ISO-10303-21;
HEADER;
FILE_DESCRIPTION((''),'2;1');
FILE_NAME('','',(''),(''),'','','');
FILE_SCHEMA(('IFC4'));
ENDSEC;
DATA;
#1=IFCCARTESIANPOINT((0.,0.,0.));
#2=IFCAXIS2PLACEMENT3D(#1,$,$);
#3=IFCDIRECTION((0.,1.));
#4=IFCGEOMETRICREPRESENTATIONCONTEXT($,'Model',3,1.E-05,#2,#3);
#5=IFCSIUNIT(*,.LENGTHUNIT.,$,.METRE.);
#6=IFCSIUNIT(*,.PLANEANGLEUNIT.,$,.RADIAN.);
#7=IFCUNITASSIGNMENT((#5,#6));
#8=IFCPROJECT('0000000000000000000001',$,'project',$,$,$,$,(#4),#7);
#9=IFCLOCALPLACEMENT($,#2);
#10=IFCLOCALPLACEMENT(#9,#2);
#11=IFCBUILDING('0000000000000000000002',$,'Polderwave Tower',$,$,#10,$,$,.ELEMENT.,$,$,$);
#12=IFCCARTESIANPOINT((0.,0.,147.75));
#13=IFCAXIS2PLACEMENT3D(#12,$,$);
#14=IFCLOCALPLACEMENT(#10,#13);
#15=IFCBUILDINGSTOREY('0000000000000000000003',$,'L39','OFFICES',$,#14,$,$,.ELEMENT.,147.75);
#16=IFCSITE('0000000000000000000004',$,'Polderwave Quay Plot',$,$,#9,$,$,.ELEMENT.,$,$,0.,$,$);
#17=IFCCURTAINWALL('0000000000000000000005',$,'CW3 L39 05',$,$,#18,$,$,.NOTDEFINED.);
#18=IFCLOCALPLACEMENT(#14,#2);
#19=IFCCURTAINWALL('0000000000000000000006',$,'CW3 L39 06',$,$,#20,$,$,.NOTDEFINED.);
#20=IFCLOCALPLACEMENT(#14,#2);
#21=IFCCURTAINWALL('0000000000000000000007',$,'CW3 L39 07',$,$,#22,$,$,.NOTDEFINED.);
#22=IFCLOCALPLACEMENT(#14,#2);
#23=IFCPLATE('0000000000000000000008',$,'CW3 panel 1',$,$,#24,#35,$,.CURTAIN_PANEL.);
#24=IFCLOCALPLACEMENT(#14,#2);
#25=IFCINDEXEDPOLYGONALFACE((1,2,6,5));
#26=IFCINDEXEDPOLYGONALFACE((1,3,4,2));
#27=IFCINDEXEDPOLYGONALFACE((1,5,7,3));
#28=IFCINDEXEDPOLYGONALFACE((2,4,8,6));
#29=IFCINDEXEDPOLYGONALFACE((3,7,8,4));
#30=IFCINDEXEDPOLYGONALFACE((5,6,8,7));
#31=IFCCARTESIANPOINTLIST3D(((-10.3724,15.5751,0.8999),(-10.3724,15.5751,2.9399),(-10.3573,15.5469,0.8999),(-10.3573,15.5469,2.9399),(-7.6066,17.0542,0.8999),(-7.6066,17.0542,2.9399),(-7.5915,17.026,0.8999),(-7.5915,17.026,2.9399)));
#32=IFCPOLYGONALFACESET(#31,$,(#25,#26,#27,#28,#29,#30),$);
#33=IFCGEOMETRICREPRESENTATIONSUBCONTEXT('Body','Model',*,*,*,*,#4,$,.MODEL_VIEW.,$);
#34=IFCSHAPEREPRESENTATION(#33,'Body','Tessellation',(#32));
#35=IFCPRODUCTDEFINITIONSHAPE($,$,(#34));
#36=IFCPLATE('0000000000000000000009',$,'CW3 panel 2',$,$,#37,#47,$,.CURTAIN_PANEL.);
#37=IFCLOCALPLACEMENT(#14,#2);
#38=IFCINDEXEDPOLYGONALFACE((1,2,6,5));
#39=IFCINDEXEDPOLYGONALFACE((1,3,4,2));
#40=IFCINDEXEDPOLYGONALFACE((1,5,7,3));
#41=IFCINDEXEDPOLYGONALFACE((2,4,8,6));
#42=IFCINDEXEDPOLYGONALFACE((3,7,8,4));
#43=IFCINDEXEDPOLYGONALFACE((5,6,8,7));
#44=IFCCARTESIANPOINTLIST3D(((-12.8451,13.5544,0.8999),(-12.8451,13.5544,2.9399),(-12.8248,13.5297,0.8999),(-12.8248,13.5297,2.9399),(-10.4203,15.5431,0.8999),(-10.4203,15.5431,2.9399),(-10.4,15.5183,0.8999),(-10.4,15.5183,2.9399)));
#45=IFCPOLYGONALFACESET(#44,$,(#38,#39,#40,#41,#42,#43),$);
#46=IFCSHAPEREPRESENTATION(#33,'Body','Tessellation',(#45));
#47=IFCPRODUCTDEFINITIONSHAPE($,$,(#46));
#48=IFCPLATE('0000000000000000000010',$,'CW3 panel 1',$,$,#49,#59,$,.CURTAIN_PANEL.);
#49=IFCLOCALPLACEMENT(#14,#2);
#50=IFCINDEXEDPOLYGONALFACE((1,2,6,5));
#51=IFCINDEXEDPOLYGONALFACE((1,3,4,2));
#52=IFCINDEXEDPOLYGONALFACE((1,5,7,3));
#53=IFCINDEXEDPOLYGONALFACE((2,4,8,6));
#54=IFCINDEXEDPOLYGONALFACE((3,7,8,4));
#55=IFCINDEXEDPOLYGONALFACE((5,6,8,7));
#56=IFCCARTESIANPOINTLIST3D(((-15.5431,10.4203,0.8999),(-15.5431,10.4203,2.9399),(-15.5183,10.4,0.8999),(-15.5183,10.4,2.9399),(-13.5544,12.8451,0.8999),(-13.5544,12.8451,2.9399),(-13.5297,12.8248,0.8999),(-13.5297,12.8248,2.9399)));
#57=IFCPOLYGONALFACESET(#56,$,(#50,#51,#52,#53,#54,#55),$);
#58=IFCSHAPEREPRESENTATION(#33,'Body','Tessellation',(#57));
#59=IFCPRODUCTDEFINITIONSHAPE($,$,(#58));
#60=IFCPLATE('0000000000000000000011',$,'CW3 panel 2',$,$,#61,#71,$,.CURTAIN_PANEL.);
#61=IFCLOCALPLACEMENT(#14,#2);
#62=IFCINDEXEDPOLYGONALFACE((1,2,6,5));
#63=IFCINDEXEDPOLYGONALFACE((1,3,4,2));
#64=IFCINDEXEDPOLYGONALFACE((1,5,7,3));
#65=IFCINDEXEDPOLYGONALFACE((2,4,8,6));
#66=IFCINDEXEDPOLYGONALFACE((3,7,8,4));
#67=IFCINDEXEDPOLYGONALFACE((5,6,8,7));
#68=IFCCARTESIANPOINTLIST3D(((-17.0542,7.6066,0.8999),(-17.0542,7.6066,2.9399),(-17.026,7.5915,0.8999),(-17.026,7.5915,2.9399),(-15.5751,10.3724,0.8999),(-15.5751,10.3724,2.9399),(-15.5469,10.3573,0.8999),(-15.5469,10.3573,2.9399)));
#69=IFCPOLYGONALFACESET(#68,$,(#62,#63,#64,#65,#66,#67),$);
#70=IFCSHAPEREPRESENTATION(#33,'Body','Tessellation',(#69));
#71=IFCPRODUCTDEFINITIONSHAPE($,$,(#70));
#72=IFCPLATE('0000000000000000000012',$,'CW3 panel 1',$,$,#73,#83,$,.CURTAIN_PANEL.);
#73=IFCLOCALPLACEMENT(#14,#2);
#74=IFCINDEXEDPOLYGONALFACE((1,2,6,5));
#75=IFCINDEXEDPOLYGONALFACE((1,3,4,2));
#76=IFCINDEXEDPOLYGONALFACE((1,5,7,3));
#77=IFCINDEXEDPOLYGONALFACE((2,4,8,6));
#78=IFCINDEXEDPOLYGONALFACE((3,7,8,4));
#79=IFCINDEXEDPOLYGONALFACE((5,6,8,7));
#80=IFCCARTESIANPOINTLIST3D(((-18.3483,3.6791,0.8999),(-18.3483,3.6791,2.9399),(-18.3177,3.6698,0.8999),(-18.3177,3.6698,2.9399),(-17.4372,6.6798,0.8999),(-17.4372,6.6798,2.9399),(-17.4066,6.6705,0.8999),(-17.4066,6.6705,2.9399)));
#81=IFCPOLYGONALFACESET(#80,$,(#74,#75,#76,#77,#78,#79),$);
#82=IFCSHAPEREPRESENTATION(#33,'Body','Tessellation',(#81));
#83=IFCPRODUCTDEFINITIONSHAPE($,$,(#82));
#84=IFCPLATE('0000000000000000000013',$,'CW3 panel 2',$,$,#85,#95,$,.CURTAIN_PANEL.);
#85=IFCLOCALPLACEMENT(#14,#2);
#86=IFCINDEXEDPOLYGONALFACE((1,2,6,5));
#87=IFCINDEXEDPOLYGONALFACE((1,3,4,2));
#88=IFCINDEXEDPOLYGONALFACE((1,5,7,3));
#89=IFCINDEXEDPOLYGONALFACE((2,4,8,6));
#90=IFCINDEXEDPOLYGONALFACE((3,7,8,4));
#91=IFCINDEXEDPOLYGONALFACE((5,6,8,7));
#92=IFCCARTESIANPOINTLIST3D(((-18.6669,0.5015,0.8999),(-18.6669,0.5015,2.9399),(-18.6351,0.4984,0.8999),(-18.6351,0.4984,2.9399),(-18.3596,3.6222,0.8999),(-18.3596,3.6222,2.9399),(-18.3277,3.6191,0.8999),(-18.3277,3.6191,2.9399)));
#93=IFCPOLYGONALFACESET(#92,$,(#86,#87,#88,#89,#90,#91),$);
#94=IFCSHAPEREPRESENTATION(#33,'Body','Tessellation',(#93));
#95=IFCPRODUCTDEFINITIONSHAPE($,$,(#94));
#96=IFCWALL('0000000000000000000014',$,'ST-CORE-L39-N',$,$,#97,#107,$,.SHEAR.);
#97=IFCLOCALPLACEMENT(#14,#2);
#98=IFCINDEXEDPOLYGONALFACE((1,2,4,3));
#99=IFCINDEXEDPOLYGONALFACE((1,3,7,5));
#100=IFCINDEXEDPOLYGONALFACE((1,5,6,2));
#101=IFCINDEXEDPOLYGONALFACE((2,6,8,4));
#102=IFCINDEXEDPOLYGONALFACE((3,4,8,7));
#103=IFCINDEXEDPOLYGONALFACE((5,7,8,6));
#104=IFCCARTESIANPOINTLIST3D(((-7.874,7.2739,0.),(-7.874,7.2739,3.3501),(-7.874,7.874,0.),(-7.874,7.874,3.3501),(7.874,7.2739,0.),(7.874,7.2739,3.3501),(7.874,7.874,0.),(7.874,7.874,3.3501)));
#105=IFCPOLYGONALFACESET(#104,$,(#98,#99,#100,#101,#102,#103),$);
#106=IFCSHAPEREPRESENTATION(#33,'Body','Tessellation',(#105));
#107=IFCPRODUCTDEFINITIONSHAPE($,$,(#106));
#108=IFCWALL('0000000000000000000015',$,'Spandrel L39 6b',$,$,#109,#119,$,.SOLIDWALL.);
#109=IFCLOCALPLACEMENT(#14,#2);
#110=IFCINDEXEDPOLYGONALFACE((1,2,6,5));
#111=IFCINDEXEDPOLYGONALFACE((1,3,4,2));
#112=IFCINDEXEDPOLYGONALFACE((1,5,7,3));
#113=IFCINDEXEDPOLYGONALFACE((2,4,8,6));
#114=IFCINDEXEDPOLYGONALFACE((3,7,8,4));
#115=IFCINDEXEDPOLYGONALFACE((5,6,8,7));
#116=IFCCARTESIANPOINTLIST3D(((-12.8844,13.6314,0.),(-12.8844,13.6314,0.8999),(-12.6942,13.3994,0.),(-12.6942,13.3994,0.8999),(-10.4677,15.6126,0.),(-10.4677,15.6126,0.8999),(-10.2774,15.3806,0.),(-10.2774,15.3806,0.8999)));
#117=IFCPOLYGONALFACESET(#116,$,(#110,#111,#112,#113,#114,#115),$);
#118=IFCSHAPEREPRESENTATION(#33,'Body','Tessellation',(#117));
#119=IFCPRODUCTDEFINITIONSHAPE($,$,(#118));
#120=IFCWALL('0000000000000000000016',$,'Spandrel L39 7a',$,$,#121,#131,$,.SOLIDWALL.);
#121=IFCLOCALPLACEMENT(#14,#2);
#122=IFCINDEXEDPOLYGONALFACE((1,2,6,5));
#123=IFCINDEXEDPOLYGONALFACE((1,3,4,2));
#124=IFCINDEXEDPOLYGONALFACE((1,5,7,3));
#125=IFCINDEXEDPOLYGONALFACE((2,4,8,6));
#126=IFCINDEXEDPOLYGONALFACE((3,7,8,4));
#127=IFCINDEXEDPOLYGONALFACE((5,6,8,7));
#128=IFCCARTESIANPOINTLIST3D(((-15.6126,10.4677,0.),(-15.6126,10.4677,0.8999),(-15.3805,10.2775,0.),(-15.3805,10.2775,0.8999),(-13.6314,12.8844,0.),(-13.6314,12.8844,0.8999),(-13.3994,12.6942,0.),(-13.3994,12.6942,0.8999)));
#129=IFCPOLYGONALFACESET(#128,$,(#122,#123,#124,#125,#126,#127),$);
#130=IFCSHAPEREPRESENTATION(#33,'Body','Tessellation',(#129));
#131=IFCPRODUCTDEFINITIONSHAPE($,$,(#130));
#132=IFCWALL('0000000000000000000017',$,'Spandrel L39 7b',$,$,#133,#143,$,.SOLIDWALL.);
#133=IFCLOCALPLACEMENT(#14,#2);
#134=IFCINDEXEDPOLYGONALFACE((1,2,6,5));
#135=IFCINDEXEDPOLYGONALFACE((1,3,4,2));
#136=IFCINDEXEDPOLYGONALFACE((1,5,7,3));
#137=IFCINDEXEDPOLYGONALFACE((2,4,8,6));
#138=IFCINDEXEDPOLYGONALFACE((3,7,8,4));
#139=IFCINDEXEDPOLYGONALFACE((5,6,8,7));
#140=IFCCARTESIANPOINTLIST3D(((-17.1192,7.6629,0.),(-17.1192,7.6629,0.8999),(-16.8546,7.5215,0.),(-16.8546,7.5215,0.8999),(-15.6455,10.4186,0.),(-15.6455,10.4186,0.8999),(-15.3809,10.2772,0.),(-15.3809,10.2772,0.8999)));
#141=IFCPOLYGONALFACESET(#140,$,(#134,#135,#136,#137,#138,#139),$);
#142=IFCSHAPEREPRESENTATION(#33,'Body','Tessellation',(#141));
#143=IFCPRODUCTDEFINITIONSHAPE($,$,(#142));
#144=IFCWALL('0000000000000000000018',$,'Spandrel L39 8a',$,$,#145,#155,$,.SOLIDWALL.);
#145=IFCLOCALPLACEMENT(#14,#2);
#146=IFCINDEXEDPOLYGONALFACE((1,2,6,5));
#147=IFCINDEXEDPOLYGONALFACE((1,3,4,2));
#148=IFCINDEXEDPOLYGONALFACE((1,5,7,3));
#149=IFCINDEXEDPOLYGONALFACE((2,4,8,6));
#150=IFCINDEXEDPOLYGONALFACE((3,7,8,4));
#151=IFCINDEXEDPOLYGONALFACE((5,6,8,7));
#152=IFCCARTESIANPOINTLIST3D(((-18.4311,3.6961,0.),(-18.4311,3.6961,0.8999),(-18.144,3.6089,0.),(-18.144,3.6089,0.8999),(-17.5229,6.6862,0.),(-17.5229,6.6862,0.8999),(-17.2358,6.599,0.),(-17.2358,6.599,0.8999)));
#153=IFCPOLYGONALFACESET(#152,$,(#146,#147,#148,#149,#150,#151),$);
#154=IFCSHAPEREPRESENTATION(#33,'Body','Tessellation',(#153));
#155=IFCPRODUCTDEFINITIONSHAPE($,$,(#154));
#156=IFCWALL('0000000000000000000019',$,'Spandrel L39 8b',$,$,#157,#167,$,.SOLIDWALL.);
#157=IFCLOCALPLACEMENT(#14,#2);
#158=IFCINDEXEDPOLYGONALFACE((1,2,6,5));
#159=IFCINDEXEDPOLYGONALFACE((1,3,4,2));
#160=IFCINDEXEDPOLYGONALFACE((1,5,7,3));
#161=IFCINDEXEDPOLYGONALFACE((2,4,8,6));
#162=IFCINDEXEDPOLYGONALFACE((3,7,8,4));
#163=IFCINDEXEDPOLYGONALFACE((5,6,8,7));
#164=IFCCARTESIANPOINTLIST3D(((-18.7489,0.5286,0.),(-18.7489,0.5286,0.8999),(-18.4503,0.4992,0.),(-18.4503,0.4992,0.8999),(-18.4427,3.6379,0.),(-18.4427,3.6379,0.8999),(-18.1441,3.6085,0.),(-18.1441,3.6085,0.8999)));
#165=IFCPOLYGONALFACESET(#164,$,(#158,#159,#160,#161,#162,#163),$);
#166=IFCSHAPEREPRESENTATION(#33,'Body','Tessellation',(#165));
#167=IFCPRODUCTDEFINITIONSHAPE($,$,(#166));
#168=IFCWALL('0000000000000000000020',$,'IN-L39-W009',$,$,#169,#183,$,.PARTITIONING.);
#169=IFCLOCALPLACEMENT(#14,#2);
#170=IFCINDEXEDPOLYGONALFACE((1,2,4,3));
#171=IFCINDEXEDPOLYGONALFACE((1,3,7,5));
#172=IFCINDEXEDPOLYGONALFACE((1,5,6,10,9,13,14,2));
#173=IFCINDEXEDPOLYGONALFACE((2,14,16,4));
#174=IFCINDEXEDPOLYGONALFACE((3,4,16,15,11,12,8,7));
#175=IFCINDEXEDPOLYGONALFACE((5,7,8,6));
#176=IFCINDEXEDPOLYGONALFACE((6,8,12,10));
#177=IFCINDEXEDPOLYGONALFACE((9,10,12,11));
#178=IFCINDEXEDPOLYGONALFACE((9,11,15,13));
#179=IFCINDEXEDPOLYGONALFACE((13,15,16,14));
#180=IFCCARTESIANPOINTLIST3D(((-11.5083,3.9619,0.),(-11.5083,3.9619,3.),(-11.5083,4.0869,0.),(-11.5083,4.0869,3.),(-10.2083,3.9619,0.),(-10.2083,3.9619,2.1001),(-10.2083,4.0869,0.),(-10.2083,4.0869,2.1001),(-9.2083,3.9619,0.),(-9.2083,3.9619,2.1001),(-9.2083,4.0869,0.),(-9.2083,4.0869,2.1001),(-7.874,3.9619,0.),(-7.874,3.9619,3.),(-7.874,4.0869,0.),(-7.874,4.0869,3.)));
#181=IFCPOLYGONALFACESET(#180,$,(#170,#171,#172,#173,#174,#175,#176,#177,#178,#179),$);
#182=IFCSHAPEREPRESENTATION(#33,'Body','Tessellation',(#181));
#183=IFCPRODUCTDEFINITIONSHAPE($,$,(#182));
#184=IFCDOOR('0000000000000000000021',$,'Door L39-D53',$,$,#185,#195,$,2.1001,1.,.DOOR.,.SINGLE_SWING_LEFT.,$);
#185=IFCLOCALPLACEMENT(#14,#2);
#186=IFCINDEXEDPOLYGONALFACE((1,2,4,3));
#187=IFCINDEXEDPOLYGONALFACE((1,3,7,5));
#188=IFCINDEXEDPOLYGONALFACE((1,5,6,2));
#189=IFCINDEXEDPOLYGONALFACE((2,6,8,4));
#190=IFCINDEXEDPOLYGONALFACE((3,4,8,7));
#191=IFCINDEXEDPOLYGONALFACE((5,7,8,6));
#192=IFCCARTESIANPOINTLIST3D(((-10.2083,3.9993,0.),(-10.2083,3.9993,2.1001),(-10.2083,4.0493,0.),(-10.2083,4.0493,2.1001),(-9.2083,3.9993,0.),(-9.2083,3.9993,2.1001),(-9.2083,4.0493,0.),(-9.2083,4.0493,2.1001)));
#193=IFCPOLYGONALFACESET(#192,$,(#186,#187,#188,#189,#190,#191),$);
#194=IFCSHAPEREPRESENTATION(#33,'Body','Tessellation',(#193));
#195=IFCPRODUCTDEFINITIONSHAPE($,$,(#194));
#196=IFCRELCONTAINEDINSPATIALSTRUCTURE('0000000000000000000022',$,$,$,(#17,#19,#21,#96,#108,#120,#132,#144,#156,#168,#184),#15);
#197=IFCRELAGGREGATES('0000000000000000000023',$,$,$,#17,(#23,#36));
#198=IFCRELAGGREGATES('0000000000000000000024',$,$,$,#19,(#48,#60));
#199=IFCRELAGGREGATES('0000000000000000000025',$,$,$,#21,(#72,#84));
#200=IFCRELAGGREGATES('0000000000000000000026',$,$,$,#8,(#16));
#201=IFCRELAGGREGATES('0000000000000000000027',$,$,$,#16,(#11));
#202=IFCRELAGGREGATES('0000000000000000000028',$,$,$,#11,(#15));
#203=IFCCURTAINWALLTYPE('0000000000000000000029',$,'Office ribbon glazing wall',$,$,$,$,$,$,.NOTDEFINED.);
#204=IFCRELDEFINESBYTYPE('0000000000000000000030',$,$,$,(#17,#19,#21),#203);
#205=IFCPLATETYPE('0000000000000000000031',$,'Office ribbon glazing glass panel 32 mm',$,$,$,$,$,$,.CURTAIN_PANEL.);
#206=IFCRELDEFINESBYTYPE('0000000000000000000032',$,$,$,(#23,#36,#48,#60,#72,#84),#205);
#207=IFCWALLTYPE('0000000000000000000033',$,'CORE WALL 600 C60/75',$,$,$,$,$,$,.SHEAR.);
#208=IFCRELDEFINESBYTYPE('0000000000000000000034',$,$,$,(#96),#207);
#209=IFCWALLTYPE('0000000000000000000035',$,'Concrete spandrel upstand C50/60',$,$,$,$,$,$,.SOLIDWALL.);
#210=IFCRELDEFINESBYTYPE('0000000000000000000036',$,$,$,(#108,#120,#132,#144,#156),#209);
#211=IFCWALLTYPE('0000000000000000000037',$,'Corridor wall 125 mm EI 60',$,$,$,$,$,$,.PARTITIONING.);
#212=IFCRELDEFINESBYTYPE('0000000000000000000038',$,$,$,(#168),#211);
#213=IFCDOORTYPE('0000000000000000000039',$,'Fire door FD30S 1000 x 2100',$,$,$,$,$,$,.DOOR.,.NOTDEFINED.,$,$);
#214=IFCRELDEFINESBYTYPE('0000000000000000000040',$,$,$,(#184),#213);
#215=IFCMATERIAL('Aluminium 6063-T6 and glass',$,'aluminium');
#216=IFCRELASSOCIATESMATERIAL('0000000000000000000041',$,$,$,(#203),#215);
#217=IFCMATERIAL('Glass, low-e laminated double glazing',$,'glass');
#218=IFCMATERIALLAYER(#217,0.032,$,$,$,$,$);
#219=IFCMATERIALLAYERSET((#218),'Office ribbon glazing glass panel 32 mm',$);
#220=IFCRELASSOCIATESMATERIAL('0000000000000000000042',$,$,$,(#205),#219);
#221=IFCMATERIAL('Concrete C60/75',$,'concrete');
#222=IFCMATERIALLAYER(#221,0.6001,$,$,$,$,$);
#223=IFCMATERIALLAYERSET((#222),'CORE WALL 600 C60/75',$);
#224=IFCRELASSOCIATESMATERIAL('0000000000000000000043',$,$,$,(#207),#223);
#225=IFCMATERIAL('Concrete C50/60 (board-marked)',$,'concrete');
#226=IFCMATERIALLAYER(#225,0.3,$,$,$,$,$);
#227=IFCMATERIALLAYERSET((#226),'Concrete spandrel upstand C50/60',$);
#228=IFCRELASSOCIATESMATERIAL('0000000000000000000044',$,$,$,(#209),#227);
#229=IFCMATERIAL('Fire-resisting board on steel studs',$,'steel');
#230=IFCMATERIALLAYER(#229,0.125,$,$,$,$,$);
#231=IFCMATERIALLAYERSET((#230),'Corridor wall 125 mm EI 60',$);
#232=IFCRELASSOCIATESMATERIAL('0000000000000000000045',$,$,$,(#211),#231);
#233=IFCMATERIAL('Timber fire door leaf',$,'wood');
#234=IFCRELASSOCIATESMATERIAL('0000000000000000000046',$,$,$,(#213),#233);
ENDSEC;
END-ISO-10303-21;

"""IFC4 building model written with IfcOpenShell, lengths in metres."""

from ifc_helpers import new_model, si_unit, direction, frame, frame_2d, origin, origin_2d, place, context, subcontext, project, spatial, rectangle, extrude, material, layer, layer_set, type_object, element, fill, aggregate, save


model = new_model("IFC4")

# Units and contexts
model_context = context("Model", 3, precision=1e-05, world=origin(), true_north=direction((0.0, 1.0)))
body_context = subcontext(model_context, "Body", "Model", "MODEL_VIEW")
ifc_project = project(units=[si_unit("LENGTHUNIT", "METRE"), si_unit("PLANEANGLEUNIT", "RADIAN")], contexts=[model_context])

# Site, building, storey
site_placement = place(None, origin())
site = spatial("IfcSite", under=ifc_project, at=site_placement, Name="Polderwave Quay Plot", CompositionType="ELEMENT", RefElevation=0.0)
building_placement = place(site_placement, origin())
building = spatial("IfcBuilding", under=site, at=building_placement, Name="Polderwave Tower", CompositionType="ELEMENT")
storey_placement = place(building_placement, frame((0.0, 0.0, 147.75)))
storey = spatial("IfcBuildingStorey", under=building, at=storey_placement, Name="L39", Description="OFFICES", CompositionType="ELEMENT", Elevation=147.75)

# Shared definitions
ifc_material_1 = material(Name="Concrete C60/75", Category="concrete")

# Curtain walls
ifc_material_2 = material(Name="Aluminium 6063-T6 and glass", Category="aluminium")
curtain_wall_type = type_object("IfcCurtainWallType", Name="Office ribbon glazing wall", PredefinedType="NOTDEFINED", material=ifc_material_2)
curtain_wall_1_placement = place(storey_placement, origin())
curtain_wall_1 = element("IfcCurtainWall", 1, at=curtain_wall_1_placement, inside=storey, type_object=curtain_wall_type, Name="CW3 L39 05", PredefinedType="NOTDEFINED")
curtain_wall_2_placement = place(storey_placement, origin())
curtain_wall_2 = element("IfcCurtainWall", 2, at=curtain_wall_2_placement, inside=storey, type_object=curtain_wall_type, Name="CW3 L39 06", PredefinedType="NOTDEFINED")
curtain_wall_3_placement = place(storey_placement, origin())
curtain_wall_3 = element("IfcCurtainWall", 3, at=curtain_wall_3_placement, inside=storey, type_object=curtain_wall_type, Name="CW3 L39 07", PredefinedType="NOTDEFINED")

# Plates
ifc_material_3 = material(Name="Glass, low-e laminated double glazing", Category="glass")
ifc_layer_1 = layer(ifc_material_3, 0.032)
ifc_layer_set_1 = layer_set([ifc_layer_1], Name="Office ribbon glazing glass panel 32 mm")
plate_type = type_object("IfcPlateType", Name="Office ribbon glazing glass panel 32 mm", PredefinedType="CURTAIN_PANEL", material=ifc_layer_set_1)
plate_1_placement = place(storey_placement, frame((-8.9819, 16.3005, 0.8999), z_axis=(0.0, 0.0, 1.0), x_axis=(-0.881827, -0.471572, 0.0)))
plate_1 = element("IfcPlate", 4, at=plate_1_placement, type_object=plate_type, Name="CW3 panel 1", PredefinedType="CURTAIN_PANEL", context=body_context, shape_type="SweptSolid", body=[
    extrude(rectangle(XDim=3.1365, YDim=0.032, at=origin_2d()), origin(), (0.0, 0.0, 1.0), 2.04),
])
plate_2_placement = place(storey_placement, frame((-11.6226, 14.5364, 0.8999), z_axis=(0.0, 0.0, 1.0), x_axis=(-0.773224, -0.634133, 0.0)))
plate_2 = element("IfcPlate", 5, at=plate_2_placement, type_object=plate_type, Name="CW3 panel 2", PredefinedType="CURTAIN_PANEL", context=body_context, shape_type="SweptSolid", body=[
    extrude(rectangle(XDim=3.136, YDim=0.032, at=origin_2d()), origin(), (0.0, 0.0, 1.0), 2.04),
])
aggregate(curtain_wall_1, [plate_1, plate_2])
plate_3_placement = place(storey_placement, frame((-14.5364, 11.6226, 0.8999), z_axis=(0.0, 0.0, 1.0), x_axis=(-0.634133, -0.773224, 0.0)))
plate_3 = element("IfcPlate", 6, at=plate_3_placement, type_object=plate_type, Name="CW3 panel 1", PredefinedType="CURTAIN_PANEL", context=body_context, shape_type="SweptSolid", body=[
    extrude(rectangle(XDim=3.136, YDim=0.032, at=origin_2d()), origin(), (0.0, 0.0, 1.0), 2.04),
])
plate_4_placement = place(storey_placement, frame((-16.3005, 8.9819, 0.8999), z_axis=(0.0, 0.0, 1.0), x_axis=(-0.471572, -0.881827, 0.0)))
plate_4 = element("IfcPlate", 7, at=plate_4_placement, type_object=plate_type, Name="CW3 panel 2", PredefinedType="CURTAIN_PANEL", context=body_context, shape_type="SweptSolid", body=[
    extrude(rectangle(XDim=3.1365, YDim=0.032, at=origin_2d()), origin(), (0.0, 0.0, 1.0), 2.04),
])
aggregate(curtain_wall_2, [plate_3, plate_4])
plate_5_placement = place(storey_placement, frame((-17.8774, 5.1748, 0.8999), z_axis=(0.0, 0.0, 1.0), x_axis=(-0.290507, -0.956873, 0.0)))
plate_5 = element("IfcPlate", 8, at=plate_5_placement, type_object=plate_type, Name="CW3 panel 1", PredefinedType="CURTAIN_PANEL", context=body_context, shape_type="SweptSolid", body=[
    extrude(rectangle(XDim=3.136, YDim=0.032, at=origin_2d()), origin(), (0.0, 0.0, 1.0), 2.04),
])
plate_6_placement = place(storey_placement, frame((-18.4973, 2.0603, 0.8999), z_axis=(0.0, 0.0, 1.0), x_axis=(-0.098002, -0.995186, 0.0)))
plate_6 = element("IfcPlate", 9, at=plate_6_placement, type_object=plate_type, Name="CW3 panel 2", PredefinedType="CURTAIN_PANEL", context=body_context, shape_type="SweptSolid", body=[
    extrude(rectangle(XDim=3.1357, YDim=0.032, at=origin_2d()), origin(), (0.0, 0.0, 1.0), 2.04),
])
aggregate(curtain_wall_3, [plate_5, plate_6])

# Walls
ifc_layer_2 = layer(ifc_material_1, 0.6001)
ifc_layer_set_2 = layer_set([ifc_layer_2], Name="CORE WALL 600 C60/75")
wall_type_1 = type_object("IfcWallType", Name="CORE WALL 600 C60/75", PredefinedType="SHEAR", material=ifc_layer_set_2)
wall_1_placement = place(storey_placement, frame((-7.874, 7.574, 0.0), z_axis=(0.0, 0.0, 1.0), x_axis=(1.0, 0.0, 0.0)))
element("IfcWall", 10, at=wall_1_placement, inside=storey, type_object=wall_type_1, Name="ST-CORE-L39-N", PredefinedType="SHEAR", context=body_context, shape_type="SweptSolid", body=[
    extrude(rectangle(XDim=15.748, YDim=0.6001, at=frame_2d((7.874, 0.0))), origin(), (0.0, 0.0, 1.0), 3.3501),
])
ifc_material_4 = material(Name="Concrete C50/60 (board-marked)", Category="concrete")
ifc_layer_3 = layer(ifc_material_4, 0.3)
ifc_layer_set_3 = layer_set([ifc_layer_3], Name="Concrete spandrel upstand C50/60")
wall_type_2 = type_object("IfcWallType", Name="Concrete spandrel upstand C50/60", PredefinedType="SOLIDWALL", material=ifc_layer_set_3)
for number, where, z_axis, x_axis, name in (
    (11, (-10.3726, 15.4966, 0.0), (0.0, 0.0, 1.0), (-0.773351, -0.633978, 0.0), "Spandrel L39 6b"),
    (12, (-13.5154, 12.7893, 0.0), (0.0, 0.0, 1.0), (-0.633978, -0.773351, 0.0), "Spandrel L39 7a"),
    (13, (-15.5132, 10.3479, 0.0), (0.0, 0.0, 1.0), (-0.471577, -0.881825, 0.0), "Spandrel L39 7b"),
    (14, (-17.3794, 6.6426, 0.0), (0.0, 0.0, 1.0), (-0.290614, -0.95684, 0.0), "Spandrel L39 8a"),
):
    element("IfcWall", number, at=place(storey_placement, frame(where, z_axis=z_axis, x_axis=x_axis)), inside=storey, type_object=wall_type_2, Name=name, PredefinedType="SOLIDWALL", context=body_context, shape_type="SweptSolid", body=[
        extrude(rectangle(XDim=3.125, YDim=0.3, at=frame_2d((1.5625, 0.0))), origin(), (0.0, 0.0, 1.0), 0.8999),
    ])
wall_2_placement = place(storey_placement, frame((-18.2935, 3.623, 0.0), z_axis=(0.0, 0.0, 1.0), x_axis=(-0.097995, -0.995187, 0.0)))
element("IfcWall", 15, at=wall_2_placement, inside=storey, type_object=wall_type_2, Name="Spandrel L39 8b", PredefinedType="SOLIDWALL", context=body_context, shape_type="SweptSolid", body=[
    extrude(rectangle(XDim=3.1243, YDim=0.3, at=frame_2d((1.562, 0.0))), origin(), (0.0, 0.0, 1.0), 0.8999),
])

# Wall, opening, door
ifc_material_5 = material(Name="Fire-resisting board on steel studs", Category="steel")
ifc_layer_4 = layer(ifc_material_5, 0.125)
ifc_layer_set_4 = layer_set([ifc_layer_4], Name="Corridor wall 125 mm EI 60")
wall_type_3 = type_object("IfcWallType", Name="Corridor wall 125 mm EI 60", PredefinedType="PARTITIONING", material=ifc_layer_set_4)
wall_3_placement = place(storey_placement, frame((-11.5083, 4.0244, 0.0), z_axis=(0.0, 0.0, 1.0), x_axis=(1.0, 0.0, 0.0)))
wall_3 = element("IfcWall", 16, at=wall_3_placement, inside=storey, type_object=wall_type_3, Name="IN-L39-W009", PredefinedType="PARTITIONING", context=body_context, shape_type="SweptSolid", body=[
    extrude(rectangle(XDim=3.6343, YDim=0.125, at=frame_2d((1.8171, 0.0))), origin(), (0.0, 0.0, 1.0), 3.0),
])
opening_1_placement = place(wall_3_placement, frame((1.3, 0.0, 0.0)))
opening_1 = element("IfcOpeningElement", 17, at=opening_1_placement, cuts=wall_3, PredefinedType="OPENING", context=body_context, shape_type="SweptSolid", body=[
    extrude(rectangle(XDim=1.0, YDim=2.1001, at=frame_2d((0.5, 1.05))), frame((0.0, 0.0725, 0.0), z_axis=(0.0, -1.0, 0.0), x_axis=(1.0, 0.0, 0.0)), (0.0, 0.0, 1.0), 0.145),
])
ifc_material_6 = material(Name="Timber fire door leaf", Category="wood")
door_type_1 = type_object("IfcDoorType", Name="Fire door FD30S 1000 x 2100", OperationType="NOTDEFINED", PredefinedType="DOOR", material=ifc_material_6)
door_1_placement = place(opening_1_placement, origin())
door_1 = element("IfcDoor", 18, at=door_1_placement, inside=storey, type_object=door_type_1, Name="Door L39-D53", OperationType="SINGLE_SWING_LEFT", OverallHeight=2.1001, OverallWidth=1.0, PredefinedType="DOOR", context=body_context, shape_type="SweptSolid", body=[
    extrude(rectangle(XDim=1.0, YDim=2.1001, at=frame_2d((0.5, 1.05))), frame((0.0, 0.0249, 0.0), z_axis=(0.0, -1.0, 0.0), x_axis=(1.0, 0.0, 0.0)), (0.0, 0.0, 1.0), 0.05),
])
fill(opening_1, door_1)

save(model, "model.ifc")
